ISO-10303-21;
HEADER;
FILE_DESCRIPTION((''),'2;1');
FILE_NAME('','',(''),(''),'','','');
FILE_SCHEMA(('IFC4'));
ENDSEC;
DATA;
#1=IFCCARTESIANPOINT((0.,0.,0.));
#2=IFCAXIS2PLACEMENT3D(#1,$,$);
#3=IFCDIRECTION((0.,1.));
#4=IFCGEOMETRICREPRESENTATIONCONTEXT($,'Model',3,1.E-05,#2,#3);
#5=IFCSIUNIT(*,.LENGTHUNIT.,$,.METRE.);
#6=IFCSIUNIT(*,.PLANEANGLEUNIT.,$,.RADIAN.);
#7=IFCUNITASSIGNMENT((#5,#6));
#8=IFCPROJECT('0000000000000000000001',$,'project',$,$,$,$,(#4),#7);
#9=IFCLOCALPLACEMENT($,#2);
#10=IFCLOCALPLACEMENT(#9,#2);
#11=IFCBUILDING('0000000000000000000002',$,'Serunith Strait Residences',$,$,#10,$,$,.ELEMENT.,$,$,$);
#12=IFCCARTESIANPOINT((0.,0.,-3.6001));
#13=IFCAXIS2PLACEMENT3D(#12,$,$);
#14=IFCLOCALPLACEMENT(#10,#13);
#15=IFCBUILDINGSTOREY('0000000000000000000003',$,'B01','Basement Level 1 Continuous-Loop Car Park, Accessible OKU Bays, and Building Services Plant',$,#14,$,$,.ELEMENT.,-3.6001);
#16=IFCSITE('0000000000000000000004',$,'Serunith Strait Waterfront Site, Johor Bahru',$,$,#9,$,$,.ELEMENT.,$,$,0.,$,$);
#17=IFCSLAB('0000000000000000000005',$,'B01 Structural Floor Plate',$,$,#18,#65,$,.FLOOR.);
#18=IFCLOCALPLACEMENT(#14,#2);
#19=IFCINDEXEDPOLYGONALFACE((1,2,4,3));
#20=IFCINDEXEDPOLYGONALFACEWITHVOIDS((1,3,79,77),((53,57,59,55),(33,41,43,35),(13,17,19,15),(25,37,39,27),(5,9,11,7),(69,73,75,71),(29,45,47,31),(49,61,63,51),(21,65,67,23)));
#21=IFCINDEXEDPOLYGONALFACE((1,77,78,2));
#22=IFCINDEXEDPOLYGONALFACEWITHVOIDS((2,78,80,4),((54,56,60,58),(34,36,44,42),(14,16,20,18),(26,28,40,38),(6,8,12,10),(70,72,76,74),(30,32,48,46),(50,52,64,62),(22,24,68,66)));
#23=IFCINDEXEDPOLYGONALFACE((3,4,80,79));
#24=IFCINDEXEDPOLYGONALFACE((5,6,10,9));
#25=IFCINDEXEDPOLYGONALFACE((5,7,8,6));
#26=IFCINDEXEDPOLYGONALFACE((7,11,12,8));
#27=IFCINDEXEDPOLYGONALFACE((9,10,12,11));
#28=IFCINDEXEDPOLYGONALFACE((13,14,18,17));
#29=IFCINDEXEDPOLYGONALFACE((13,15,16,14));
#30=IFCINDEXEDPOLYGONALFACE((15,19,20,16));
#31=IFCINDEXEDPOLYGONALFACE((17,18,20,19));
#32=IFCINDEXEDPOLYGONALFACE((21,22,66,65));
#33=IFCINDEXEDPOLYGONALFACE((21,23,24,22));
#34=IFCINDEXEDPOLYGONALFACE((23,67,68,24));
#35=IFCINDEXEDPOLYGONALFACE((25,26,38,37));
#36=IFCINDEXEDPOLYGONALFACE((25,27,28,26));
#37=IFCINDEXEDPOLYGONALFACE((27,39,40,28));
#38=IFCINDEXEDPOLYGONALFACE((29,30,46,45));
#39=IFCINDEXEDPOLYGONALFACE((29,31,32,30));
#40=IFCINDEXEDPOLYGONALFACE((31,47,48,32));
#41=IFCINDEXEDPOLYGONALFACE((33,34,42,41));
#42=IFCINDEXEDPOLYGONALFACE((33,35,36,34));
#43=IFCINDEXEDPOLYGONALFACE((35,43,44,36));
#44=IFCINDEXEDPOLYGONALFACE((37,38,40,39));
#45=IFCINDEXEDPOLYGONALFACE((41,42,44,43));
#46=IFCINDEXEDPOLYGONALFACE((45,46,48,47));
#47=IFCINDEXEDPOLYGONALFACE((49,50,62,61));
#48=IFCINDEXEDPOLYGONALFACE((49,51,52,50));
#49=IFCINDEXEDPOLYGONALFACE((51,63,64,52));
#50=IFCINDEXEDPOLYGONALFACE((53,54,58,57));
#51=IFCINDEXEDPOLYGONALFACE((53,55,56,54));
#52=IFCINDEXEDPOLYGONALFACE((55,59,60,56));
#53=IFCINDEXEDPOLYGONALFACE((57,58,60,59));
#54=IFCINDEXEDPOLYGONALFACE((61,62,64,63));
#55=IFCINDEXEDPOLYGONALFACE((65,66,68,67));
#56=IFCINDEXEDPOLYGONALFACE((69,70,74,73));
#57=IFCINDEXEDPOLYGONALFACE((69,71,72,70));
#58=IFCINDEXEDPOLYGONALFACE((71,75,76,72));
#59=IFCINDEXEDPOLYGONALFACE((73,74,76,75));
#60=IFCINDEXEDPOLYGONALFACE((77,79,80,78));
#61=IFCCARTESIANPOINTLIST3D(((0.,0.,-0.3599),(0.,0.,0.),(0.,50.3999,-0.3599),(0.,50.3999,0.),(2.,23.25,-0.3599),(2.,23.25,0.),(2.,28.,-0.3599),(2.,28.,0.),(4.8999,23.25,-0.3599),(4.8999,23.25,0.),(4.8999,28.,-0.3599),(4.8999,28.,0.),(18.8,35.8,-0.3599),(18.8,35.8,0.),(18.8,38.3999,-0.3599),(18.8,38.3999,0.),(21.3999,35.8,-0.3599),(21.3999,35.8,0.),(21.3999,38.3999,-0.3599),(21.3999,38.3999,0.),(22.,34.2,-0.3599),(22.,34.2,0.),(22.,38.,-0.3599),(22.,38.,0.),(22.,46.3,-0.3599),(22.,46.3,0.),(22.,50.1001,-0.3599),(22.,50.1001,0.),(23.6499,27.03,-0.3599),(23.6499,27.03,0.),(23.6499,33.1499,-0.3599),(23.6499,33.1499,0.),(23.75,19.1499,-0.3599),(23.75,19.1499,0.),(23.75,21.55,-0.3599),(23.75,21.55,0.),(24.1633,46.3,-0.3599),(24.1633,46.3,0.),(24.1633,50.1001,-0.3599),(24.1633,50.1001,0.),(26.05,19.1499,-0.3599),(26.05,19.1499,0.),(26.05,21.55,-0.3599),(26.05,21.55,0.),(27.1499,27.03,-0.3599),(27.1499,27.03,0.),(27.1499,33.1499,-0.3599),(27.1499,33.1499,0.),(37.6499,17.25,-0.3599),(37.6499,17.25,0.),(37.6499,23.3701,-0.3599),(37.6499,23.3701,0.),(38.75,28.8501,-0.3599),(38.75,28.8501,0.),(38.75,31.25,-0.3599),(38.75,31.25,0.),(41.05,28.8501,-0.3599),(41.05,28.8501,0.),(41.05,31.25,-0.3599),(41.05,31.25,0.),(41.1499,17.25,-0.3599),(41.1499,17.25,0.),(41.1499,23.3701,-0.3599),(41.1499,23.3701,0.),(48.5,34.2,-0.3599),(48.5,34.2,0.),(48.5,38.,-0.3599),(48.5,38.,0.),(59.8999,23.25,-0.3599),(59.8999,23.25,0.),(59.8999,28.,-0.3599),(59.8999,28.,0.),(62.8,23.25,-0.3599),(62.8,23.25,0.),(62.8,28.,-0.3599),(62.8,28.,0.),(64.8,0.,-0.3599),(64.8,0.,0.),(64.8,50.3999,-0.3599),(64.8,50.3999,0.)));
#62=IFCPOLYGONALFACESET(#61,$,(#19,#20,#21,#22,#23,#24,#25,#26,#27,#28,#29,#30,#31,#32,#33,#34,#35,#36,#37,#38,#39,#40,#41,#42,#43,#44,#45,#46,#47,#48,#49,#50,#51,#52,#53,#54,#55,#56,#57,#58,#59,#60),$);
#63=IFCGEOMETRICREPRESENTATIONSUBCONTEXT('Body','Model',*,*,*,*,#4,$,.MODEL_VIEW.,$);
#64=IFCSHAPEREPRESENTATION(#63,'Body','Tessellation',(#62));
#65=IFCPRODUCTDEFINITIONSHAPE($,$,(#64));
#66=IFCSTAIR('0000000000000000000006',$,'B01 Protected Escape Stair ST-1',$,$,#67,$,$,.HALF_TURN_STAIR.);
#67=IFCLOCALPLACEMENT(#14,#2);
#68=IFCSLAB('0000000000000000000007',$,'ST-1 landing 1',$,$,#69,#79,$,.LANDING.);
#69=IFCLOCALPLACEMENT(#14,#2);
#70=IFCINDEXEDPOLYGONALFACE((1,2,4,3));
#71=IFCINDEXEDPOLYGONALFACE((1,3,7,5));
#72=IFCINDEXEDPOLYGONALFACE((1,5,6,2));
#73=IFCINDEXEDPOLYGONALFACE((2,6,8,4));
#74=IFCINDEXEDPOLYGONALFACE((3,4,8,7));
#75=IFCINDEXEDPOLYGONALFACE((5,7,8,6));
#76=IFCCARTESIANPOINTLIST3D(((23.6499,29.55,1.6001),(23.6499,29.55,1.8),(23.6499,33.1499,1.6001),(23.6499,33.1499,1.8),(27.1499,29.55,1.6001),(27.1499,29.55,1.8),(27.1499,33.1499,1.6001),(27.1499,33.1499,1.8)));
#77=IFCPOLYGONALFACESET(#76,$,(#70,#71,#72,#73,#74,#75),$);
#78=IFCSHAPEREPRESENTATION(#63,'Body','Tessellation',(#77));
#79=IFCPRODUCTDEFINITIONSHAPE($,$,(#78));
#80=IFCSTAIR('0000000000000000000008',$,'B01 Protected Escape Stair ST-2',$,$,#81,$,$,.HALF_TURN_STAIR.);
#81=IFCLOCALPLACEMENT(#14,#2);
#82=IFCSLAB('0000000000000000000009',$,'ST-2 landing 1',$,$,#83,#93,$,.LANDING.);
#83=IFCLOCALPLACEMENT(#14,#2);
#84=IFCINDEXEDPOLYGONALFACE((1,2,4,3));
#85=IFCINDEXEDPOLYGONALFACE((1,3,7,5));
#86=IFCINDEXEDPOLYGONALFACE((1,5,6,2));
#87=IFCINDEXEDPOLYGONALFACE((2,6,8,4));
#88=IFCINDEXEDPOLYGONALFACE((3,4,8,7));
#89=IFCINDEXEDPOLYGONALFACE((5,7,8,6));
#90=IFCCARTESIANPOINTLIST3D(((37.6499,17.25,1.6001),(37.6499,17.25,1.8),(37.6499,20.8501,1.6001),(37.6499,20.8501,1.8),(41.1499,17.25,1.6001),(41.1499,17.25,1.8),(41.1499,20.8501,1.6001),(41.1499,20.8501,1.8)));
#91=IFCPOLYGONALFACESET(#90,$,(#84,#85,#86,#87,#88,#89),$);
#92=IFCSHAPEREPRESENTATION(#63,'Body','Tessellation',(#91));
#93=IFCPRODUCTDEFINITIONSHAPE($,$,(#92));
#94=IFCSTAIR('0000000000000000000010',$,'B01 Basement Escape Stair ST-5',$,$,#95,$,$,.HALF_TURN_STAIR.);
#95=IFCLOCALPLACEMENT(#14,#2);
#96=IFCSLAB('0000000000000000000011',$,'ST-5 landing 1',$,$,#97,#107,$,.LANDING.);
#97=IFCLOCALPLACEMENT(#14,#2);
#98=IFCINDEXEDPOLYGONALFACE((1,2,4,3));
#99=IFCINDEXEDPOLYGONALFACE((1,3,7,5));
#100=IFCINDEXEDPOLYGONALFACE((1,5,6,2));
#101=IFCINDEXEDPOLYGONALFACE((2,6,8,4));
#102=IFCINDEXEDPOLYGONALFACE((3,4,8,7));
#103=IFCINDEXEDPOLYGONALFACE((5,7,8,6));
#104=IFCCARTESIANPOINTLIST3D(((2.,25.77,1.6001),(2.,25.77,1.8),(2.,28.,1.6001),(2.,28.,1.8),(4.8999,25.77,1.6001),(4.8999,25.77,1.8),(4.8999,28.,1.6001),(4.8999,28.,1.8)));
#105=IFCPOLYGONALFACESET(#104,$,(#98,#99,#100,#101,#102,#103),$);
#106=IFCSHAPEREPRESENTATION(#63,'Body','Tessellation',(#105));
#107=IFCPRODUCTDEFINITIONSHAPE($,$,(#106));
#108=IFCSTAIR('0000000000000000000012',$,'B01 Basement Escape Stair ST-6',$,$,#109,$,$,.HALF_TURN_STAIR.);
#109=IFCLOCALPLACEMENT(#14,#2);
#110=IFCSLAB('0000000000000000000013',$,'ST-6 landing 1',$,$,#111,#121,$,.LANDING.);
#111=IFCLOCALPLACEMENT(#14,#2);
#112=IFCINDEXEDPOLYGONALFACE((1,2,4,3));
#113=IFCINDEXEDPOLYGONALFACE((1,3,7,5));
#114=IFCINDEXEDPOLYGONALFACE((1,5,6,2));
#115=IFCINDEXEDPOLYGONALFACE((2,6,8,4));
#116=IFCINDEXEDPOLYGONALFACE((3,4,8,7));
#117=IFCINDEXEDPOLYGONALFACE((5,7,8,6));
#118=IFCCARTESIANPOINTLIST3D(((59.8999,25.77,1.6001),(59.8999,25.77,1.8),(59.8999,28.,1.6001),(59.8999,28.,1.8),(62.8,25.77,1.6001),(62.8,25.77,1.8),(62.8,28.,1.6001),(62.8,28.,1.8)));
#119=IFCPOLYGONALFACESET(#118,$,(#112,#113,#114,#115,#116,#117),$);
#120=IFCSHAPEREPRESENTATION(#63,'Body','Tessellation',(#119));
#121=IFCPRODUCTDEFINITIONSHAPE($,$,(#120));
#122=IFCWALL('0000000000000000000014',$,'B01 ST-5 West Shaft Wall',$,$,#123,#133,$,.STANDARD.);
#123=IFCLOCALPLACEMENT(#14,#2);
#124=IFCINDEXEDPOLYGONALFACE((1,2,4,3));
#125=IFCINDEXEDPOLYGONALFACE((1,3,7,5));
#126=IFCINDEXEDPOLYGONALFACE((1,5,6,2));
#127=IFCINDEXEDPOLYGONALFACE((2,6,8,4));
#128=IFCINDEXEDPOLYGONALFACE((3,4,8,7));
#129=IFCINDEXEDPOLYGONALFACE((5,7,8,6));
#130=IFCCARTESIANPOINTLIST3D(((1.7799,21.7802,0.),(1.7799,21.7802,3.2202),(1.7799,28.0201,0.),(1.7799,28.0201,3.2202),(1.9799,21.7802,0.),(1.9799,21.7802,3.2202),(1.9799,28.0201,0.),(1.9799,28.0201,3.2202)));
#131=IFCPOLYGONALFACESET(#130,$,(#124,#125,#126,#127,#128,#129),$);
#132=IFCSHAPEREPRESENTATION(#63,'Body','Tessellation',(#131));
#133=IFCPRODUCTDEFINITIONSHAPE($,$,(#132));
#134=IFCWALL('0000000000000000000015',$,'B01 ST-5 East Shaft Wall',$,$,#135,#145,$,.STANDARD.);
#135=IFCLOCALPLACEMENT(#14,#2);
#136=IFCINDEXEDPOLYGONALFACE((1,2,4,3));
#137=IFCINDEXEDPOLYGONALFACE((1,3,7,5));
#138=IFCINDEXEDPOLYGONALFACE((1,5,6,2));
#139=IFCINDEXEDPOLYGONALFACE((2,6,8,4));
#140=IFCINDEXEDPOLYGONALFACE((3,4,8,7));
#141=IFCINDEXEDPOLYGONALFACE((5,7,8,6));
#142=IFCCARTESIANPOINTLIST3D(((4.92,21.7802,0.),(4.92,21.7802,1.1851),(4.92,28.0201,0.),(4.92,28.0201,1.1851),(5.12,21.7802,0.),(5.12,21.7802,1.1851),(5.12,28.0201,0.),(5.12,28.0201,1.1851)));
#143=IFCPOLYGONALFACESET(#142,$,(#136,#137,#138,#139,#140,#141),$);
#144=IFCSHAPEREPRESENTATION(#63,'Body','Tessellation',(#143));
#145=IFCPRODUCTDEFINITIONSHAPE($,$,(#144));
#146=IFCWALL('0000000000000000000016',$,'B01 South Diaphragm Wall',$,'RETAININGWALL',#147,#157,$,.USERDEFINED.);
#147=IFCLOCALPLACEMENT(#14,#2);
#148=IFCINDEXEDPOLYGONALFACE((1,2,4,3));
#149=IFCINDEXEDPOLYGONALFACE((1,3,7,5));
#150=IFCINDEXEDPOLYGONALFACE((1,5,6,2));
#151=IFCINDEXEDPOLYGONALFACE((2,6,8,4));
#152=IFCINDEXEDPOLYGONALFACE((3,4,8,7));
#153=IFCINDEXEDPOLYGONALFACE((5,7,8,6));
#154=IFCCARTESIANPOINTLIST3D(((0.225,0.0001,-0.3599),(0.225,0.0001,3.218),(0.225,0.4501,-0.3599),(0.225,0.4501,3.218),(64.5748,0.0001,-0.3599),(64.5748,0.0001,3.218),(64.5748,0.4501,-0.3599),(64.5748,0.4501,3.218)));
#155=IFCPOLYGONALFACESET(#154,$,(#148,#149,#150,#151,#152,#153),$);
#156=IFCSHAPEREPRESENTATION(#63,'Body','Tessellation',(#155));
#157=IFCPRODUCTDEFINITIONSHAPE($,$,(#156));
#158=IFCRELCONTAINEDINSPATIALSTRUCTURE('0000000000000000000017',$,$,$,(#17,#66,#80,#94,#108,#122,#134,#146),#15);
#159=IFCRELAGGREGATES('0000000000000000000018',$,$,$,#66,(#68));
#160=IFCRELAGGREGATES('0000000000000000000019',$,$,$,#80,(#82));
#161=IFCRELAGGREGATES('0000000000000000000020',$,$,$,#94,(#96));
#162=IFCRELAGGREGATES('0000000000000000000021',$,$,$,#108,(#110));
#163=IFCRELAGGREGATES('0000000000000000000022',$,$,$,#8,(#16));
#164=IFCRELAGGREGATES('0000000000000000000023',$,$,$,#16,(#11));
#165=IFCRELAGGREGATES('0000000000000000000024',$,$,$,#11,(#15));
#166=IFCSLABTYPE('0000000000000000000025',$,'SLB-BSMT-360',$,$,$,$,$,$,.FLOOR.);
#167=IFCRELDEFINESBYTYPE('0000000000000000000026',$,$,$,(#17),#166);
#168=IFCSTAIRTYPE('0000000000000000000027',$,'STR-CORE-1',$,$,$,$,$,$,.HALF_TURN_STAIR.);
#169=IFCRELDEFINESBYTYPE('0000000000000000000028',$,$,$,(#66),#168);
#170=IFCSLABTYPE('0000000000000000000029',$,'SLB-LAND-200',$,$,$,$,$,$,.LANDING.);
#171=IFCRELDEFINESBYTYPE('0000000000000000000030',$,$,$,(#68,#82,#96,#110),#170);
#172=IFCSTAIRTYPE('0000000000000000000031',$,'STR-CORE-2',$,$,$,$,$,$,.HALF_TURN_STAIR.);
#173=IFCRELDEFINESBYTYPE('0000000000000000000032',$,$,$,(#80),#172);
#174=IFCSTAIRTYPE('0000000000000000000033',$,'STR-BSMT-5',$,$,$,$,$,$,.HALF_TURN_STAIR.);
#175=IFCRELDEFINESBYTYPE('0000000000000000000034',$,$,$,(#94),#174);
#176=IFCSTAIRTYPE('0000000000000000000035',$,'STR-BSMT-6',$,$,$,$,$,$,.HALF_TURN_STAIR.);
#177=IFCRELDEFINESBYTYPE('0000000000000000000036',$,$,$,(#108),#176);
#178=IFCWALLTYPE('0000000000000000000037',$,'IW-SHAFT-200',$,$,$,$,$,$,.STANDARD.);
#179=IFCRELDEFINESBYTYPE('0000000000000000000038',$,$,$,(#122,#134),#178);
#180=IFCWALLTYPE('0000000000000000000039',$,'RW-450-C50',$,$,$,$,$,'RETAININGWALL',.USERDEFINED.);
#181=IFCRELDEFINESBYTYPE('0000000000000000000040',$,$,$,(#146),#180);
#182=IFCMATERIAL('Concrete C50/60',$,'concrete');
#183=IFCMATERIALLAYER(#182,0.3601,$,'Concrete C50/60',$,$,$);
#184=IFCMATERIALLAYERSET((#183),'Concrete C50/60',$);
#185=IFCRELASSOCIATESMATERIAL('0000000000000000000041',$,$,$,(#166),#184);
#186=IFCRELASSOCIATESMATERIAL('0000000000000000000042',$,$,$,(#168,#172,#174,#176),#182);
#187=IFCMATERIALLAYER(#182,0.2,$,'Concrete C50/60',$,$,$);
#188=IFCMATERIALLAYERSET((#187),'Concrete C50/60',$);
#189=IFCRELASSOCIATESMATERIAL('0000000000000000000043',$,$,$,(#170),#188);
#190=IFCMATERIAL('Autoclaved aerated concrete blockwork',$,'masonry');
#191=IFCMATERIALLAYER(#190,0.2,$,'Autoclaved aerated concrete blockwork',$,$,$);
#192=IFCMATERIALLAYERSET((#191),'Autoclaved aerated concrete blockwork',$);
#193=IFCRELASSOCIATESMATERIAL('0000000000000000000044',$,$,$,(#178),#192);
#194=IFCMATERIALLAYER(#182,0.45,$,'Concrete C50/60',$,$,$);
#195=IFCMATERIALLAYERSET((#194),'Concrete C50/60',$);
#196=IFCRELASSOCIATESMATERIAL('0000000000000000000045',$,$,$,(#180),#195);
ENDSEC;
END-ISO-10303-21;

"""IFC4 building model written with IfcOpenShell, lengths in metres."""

from ifc_helpers import new_model, si_unit, direction, frame, frame_2d, origin, place, context, subcontext, project, spatial, polyline, rectangle, outline, extrude, material, layer, layer_set, type_object, element, aggregate, save


model = new_model("IFC4")

# Units and contexts
model_context = context("Model", 3, precision=1e-05, world=origin(), true_north=direction((0.0, 1.0)))
body_context = subcontext(model_context, "Body", "Model", "MODEL_VIEW")
ifc_project = project(units=[si_unit("LENGTHUNIT", "METRE"), si_unit("PLANEANGLEUNIT", "RADIAN")], contexts=[model_context])

# Site, building, storey
site_placement = place(None, origin())
site = spatial("IfcSite", under=ifc_project, at=site_placement, Name="Serunith Strait Waterfront Site, Johor Bahru", CompositionType="ELEMENT", RefElevation=0.0)
building_placement = place(site_placement, origin())
building = spatial("IfcBuilding", under=site, at=building_placement, Name="Serunith Strait Residences", CompositionType="ELEMENT")
storey_placement = place(building_placement, frame((0.0, 0.0, -3.6001)))
storey = spatial("IfcBuildingStorey", under=building, at=storey_placement, Name="B01", Description="Basement Level 1 Continuous-Loop Car Park, Accessible OKU Bays, and Building Services Plant", CompositionType="ELEMENT", Elevation=-3.6001)

# Slab
ifc_material_1 = material(Name="Concrete C50/60", Category="concrete")
ifc_layer_1 = layer(ifc_material_1, 0.3601, Name="Concrete C50/60")
ifc_layer_set_1 = layer_set([ifc_layer_1], Name="Concrete C50/60")
slab_type_1 = type_object("IfcSlabType", Name="SLB-BSMT-360", PredefinedType="FLOOR", material=ifc_layer_set_1)
slab_1_placement = place(storey_placement, frame((0.0, 0.0, -0.3599)))
element("IfcSlab", 1, at=slab_1_placement, inside=storey, type_object=slab_type_1, Name="B01 Structural Floor Plate", PredefinedType="FLOOR", context=body_context, shape_type="SweptSolid", body=[
    extrude(outline(polyline([(0.0, 50.3999), (64.8, 50.3999), (64.8, 0.0), (0.0, 0.0), (0.0, 50.3999)]), holes=[polyline([(59.8999, 28.0), (59.8999, 23.25), (62.8, 23.25), (62.8, 28.0), (59.8999, 28.0)]), polyline([(48.5, 38.0), (22.0, 38.0), (22.0, 34.2), (48.5, 34.2), (48.5, 38.0)]), polyline([(41.1499, 17.25), (41.1499, 23.3701), (37.6499, 23.3701), (37.6499, 17.25), (41.1499, 17.25)]), polyline([(41.05, 31.25), (38.75, 31.25), (38.75, 28.8501), (41.05, 28.8501), (41.05, 31.25)]), polyline([(23.6499, 33.1499), (23.6499, 27.03), (27.1499, 27.03), (27.1499, 33.1499), (23.6499, 33.1499)]), polyline([(26.05, 21.55), (23.75, 21.55), (23.75, 19.1499), (26.05, 19.1499), (26.05, 21.55)]), polyline([(24.1633, 46.3), (24.1633, 50.1001), (22.0, 50.1001), (22.0, 46.3), (24.1633, 46.3)]), polyline([(21.3999, 35.8), (21.3999, 38.3999), (18.8, 38.3999), (18.8, 35.8), (21.3999, 35.8)]), polyline([(2.0, 28.0), (2.0, 23.25), (4.8999, 23.25), (4.8999, 28.0), (2.0, 28.0)])]), origin(), (0.0, 0.0, 1.0), 0.3599),
])

# Stairs, slabs
stair_type_1 = type_object("IfcStairType", Name="STR-CORE-1", PredefinedType="HALF_TURN_STAIR", material=ifc_material_1)
stair_1_placement = place(storey_placement, origin())
stair_1 = element("IfcStair", 2, at=stair_1_placement, inside=storey, type_object=stair_type_1, Name="B01 Protected Escape Stair ST-1", PredefinedType="HALF_TURN_STAIR")
ifc_layer_2 = layer(ifc_material_1, 0.2, Name="Concrete C50/60")
ifc_layer_set_2 = layer_set([ifc_layer_2], Name="Concrete C50/60")
slab_type_2 = type_object("IfcSlabType", Name="SLB-LAND-200", PredefinedType="LANDING", material=ifc_layer_set_2)
slab_2_placement = place(storey_placement, frame((0.0, 0.0, 1.6001)))
slab_2 = element("IfcSlab", 3, at=slab_2_placement, type_object=slab_type_2, Name="ST-1 landing 1", PredefinedType="LANDING", context=body_context, shape_type="SweptSolid", body=[
    extrude(outline(polyline([(27.1499, 29.55), (27.1499, 33.1499), (23.6499, 33.1499), (23.6499, 29.55), (27.1499, 29.55)])), origin(), (0.0, 0.0, 1.0), 0.2),
])
aggregate(stair_1, [slab_2])
stair_type_2 = type_object("IfcStairType", Name="STR-CORE-2", PredefinedType="HALF_TURN_STAIR", material=ifc_material_1)
stair_2_placement = place(storey_placement, origin())
stair_2 = element("IfcStair", 4, at=stair_2_placement, inside=storey, type_object=stair_type_2, Name="B01 Protected Escape Stair ST-2", PredefinedType="HALF_TURN_STAIR")
slab_3_placement = place(storey_placement, frame((0.0, 0.0, 1.6001)))
slab_3 = element("IfcSlab", 5, at=slab_3_placement, type_object=slab_type_2, Name="ST-2 landing 1", PredefinedType="LANDING", context=body_context, shape_type="SweptSolid", body=[
    extrude(outline(polyline([(37.6499, 20.8501), (37.6499, 17.25), (41.1499, 17.25), (41.1499, 20.8501), (37.6499, 20.8501)])), origin(), (0.0, 0.0, 1.0), 0.2),
])
aggregate(stair_2, [slab_3])
stair_type_3 = type_object("IfcStairType", Name="STR-BSMT-5", PredefinedType="HALF_TURN_STAIR", material=ifc_material_1)
stair_3_placement = place(storey_placement, origin())
stair_3 = element("IfcStair", 6, at=stair_3_placement, inside=storey, type_object=stair_type_3, Name="B01 Basement Escape Stair ST-5", PredefinedType="HALF_TURN_STAIR")
slab_4_placement = place(storey_placement, frame((0.0, 0.0, 1.6001)))
slab_4 = element("IfcSlab", 7, at=slab_4_placement, type_object=slab_type_2, Name="ST-5 landing 1", PredefinedType="LANDING", context=body_context, shape_type="SweptSolid", body=[
    extrude(outline(polyline([(4.8999, 25.77), (4.8999, 28.0), (2.0, 28.0), (2.0, 25.77), (4.8999, 25.77)])), origin(), (0.0, 0.0, 1.0), 0.2),
])
aggregate(stair_3, [slab_4])
stair_type_4 = type_object("IfcStairType", Name="STR-BSMT-6", PredefinedType="HALF_TURN_STAIR", material=ifc_material_1)
stair_4_placement = place(storey_placement, origin())
stair_4 = element("IfcStair", 8, at=stair_4_placement, inside=storey, type_object=stair_type_4, Name="B01 Basement Escape Stair ST-6", PredefinedType="HALF_TURN_STAIR")
slab_5_placement = place(storey_placement, frame((0.0, 0.0, 1.6001)))
slab_5 = element("IfcSlab", 9, at=slab_5_placement, type_object=slab_type_2, Name="ST-6 landing 1", PredefinedType="LANDING", context=body_context, shape_type="SweptSolid", body=[
    extrude(outline(polyline([(62.8, 25.77), (62.8, 28.0), (59.8999, 28.0), (59.8999, 25.77), (62.8, 25.77)])), origin(), (0.0, 0.0, 1.0), 0.2),
])
aggregate(stair_4, [slab_5])

# Shared definitions
ifc_material_2 = material(Name="Autoclaved aerated concrete blockwork", Category="masonry")
ifc_layer_3 = layer(ifc_material_2, 0.2, Name="Autoclaved aerated concrete blockwork")
ifc_layer_set_3 = layer_set([ifc_layer_3], Name="Autoclaved aerated concrete blockwork")
wall_type_1 = type_object("IfcWallType", Name="IW-SHAFT-200", PredefinedType="STANDARD", material=ifc_layer_set_3)

# Walls
wall_1_placement = place(storey_placement, frame((1.8799, 21.78, 0.0), z_axis=(0.0, 0.0, 1.0), x_axis=(0.0, 1.0, 0.0)))
element("IfcWall", 10, at=wall_1_placement, inside=storey, type_object=wall_type_1, Name="B01 ST-5 West Shaft Wall", PredefinedType="STANDARD", context=body_context, shape_type="SweptSolid", body=[
    extrude(rectangle(XDim=6.24, YDim=0.2, at=frame_2d((3.1201, 0.0))), origin(), (0.0, 0.0, 1.0), 3.2202),
])
wall_2_placement = place(storey_placement, frame((5.02, 21.78, 0.0), z_axis=(0.0, 0.0, 1.0), x_axis=(0.0, 1.0, 0.0)))
element("IfcWall", 11, at=wall_2_placement, inside=storey, type_object=wall_type_1, Name="B01 ST-5 East Shaft Wall", PredefinedType="STANDARD", context=body_context, shape_type="SweptSolid", body=[
    extrude(rectangle(XDim=6.24, YDim=0.2, at=frame_2d((3.1201, 0.0))), origin(), (0.0, 0.0, 1.0), 1.1851),
])
ifc_layer_4 = layer(ifc_material_1, 0.45, Name="Concrete C50/60")
ifc_layer_set_4 = layer_set([ifc_layer_4], Name="Concrete C50/60")
wall_type_2 = type_object("IfcWallType", Name="RW-450-C50", ElementType="RETAININGWALL", PredefinedType="USERDEFINED", material=ifc_layer_set_4)
wall_3_placement = place(storey_placement, frame((0.2251, 0.2251, -0.3599), z_axis=(0.0, 0.0, 1.0), x_axis=(1.0, 0.0, 0.0)))
element("IfcWall", 12, at=wall_3_placement, inside=storey, type_object=wall_type_2, Name="B01 South Diaphragm Wall", ObjectType="RETAININGWALL", PredefinedType="USERDEFINED", context=body_context, shape_type="SweptSolid", body=[
    extrude(rectangle(XDim=64.3499, YDim=0.45, at=frame_2d((32.1748, 0.0))), origin(), (0.0, 0.0, 1.0), 3.5779),
])

save(model, "model.ifc")
